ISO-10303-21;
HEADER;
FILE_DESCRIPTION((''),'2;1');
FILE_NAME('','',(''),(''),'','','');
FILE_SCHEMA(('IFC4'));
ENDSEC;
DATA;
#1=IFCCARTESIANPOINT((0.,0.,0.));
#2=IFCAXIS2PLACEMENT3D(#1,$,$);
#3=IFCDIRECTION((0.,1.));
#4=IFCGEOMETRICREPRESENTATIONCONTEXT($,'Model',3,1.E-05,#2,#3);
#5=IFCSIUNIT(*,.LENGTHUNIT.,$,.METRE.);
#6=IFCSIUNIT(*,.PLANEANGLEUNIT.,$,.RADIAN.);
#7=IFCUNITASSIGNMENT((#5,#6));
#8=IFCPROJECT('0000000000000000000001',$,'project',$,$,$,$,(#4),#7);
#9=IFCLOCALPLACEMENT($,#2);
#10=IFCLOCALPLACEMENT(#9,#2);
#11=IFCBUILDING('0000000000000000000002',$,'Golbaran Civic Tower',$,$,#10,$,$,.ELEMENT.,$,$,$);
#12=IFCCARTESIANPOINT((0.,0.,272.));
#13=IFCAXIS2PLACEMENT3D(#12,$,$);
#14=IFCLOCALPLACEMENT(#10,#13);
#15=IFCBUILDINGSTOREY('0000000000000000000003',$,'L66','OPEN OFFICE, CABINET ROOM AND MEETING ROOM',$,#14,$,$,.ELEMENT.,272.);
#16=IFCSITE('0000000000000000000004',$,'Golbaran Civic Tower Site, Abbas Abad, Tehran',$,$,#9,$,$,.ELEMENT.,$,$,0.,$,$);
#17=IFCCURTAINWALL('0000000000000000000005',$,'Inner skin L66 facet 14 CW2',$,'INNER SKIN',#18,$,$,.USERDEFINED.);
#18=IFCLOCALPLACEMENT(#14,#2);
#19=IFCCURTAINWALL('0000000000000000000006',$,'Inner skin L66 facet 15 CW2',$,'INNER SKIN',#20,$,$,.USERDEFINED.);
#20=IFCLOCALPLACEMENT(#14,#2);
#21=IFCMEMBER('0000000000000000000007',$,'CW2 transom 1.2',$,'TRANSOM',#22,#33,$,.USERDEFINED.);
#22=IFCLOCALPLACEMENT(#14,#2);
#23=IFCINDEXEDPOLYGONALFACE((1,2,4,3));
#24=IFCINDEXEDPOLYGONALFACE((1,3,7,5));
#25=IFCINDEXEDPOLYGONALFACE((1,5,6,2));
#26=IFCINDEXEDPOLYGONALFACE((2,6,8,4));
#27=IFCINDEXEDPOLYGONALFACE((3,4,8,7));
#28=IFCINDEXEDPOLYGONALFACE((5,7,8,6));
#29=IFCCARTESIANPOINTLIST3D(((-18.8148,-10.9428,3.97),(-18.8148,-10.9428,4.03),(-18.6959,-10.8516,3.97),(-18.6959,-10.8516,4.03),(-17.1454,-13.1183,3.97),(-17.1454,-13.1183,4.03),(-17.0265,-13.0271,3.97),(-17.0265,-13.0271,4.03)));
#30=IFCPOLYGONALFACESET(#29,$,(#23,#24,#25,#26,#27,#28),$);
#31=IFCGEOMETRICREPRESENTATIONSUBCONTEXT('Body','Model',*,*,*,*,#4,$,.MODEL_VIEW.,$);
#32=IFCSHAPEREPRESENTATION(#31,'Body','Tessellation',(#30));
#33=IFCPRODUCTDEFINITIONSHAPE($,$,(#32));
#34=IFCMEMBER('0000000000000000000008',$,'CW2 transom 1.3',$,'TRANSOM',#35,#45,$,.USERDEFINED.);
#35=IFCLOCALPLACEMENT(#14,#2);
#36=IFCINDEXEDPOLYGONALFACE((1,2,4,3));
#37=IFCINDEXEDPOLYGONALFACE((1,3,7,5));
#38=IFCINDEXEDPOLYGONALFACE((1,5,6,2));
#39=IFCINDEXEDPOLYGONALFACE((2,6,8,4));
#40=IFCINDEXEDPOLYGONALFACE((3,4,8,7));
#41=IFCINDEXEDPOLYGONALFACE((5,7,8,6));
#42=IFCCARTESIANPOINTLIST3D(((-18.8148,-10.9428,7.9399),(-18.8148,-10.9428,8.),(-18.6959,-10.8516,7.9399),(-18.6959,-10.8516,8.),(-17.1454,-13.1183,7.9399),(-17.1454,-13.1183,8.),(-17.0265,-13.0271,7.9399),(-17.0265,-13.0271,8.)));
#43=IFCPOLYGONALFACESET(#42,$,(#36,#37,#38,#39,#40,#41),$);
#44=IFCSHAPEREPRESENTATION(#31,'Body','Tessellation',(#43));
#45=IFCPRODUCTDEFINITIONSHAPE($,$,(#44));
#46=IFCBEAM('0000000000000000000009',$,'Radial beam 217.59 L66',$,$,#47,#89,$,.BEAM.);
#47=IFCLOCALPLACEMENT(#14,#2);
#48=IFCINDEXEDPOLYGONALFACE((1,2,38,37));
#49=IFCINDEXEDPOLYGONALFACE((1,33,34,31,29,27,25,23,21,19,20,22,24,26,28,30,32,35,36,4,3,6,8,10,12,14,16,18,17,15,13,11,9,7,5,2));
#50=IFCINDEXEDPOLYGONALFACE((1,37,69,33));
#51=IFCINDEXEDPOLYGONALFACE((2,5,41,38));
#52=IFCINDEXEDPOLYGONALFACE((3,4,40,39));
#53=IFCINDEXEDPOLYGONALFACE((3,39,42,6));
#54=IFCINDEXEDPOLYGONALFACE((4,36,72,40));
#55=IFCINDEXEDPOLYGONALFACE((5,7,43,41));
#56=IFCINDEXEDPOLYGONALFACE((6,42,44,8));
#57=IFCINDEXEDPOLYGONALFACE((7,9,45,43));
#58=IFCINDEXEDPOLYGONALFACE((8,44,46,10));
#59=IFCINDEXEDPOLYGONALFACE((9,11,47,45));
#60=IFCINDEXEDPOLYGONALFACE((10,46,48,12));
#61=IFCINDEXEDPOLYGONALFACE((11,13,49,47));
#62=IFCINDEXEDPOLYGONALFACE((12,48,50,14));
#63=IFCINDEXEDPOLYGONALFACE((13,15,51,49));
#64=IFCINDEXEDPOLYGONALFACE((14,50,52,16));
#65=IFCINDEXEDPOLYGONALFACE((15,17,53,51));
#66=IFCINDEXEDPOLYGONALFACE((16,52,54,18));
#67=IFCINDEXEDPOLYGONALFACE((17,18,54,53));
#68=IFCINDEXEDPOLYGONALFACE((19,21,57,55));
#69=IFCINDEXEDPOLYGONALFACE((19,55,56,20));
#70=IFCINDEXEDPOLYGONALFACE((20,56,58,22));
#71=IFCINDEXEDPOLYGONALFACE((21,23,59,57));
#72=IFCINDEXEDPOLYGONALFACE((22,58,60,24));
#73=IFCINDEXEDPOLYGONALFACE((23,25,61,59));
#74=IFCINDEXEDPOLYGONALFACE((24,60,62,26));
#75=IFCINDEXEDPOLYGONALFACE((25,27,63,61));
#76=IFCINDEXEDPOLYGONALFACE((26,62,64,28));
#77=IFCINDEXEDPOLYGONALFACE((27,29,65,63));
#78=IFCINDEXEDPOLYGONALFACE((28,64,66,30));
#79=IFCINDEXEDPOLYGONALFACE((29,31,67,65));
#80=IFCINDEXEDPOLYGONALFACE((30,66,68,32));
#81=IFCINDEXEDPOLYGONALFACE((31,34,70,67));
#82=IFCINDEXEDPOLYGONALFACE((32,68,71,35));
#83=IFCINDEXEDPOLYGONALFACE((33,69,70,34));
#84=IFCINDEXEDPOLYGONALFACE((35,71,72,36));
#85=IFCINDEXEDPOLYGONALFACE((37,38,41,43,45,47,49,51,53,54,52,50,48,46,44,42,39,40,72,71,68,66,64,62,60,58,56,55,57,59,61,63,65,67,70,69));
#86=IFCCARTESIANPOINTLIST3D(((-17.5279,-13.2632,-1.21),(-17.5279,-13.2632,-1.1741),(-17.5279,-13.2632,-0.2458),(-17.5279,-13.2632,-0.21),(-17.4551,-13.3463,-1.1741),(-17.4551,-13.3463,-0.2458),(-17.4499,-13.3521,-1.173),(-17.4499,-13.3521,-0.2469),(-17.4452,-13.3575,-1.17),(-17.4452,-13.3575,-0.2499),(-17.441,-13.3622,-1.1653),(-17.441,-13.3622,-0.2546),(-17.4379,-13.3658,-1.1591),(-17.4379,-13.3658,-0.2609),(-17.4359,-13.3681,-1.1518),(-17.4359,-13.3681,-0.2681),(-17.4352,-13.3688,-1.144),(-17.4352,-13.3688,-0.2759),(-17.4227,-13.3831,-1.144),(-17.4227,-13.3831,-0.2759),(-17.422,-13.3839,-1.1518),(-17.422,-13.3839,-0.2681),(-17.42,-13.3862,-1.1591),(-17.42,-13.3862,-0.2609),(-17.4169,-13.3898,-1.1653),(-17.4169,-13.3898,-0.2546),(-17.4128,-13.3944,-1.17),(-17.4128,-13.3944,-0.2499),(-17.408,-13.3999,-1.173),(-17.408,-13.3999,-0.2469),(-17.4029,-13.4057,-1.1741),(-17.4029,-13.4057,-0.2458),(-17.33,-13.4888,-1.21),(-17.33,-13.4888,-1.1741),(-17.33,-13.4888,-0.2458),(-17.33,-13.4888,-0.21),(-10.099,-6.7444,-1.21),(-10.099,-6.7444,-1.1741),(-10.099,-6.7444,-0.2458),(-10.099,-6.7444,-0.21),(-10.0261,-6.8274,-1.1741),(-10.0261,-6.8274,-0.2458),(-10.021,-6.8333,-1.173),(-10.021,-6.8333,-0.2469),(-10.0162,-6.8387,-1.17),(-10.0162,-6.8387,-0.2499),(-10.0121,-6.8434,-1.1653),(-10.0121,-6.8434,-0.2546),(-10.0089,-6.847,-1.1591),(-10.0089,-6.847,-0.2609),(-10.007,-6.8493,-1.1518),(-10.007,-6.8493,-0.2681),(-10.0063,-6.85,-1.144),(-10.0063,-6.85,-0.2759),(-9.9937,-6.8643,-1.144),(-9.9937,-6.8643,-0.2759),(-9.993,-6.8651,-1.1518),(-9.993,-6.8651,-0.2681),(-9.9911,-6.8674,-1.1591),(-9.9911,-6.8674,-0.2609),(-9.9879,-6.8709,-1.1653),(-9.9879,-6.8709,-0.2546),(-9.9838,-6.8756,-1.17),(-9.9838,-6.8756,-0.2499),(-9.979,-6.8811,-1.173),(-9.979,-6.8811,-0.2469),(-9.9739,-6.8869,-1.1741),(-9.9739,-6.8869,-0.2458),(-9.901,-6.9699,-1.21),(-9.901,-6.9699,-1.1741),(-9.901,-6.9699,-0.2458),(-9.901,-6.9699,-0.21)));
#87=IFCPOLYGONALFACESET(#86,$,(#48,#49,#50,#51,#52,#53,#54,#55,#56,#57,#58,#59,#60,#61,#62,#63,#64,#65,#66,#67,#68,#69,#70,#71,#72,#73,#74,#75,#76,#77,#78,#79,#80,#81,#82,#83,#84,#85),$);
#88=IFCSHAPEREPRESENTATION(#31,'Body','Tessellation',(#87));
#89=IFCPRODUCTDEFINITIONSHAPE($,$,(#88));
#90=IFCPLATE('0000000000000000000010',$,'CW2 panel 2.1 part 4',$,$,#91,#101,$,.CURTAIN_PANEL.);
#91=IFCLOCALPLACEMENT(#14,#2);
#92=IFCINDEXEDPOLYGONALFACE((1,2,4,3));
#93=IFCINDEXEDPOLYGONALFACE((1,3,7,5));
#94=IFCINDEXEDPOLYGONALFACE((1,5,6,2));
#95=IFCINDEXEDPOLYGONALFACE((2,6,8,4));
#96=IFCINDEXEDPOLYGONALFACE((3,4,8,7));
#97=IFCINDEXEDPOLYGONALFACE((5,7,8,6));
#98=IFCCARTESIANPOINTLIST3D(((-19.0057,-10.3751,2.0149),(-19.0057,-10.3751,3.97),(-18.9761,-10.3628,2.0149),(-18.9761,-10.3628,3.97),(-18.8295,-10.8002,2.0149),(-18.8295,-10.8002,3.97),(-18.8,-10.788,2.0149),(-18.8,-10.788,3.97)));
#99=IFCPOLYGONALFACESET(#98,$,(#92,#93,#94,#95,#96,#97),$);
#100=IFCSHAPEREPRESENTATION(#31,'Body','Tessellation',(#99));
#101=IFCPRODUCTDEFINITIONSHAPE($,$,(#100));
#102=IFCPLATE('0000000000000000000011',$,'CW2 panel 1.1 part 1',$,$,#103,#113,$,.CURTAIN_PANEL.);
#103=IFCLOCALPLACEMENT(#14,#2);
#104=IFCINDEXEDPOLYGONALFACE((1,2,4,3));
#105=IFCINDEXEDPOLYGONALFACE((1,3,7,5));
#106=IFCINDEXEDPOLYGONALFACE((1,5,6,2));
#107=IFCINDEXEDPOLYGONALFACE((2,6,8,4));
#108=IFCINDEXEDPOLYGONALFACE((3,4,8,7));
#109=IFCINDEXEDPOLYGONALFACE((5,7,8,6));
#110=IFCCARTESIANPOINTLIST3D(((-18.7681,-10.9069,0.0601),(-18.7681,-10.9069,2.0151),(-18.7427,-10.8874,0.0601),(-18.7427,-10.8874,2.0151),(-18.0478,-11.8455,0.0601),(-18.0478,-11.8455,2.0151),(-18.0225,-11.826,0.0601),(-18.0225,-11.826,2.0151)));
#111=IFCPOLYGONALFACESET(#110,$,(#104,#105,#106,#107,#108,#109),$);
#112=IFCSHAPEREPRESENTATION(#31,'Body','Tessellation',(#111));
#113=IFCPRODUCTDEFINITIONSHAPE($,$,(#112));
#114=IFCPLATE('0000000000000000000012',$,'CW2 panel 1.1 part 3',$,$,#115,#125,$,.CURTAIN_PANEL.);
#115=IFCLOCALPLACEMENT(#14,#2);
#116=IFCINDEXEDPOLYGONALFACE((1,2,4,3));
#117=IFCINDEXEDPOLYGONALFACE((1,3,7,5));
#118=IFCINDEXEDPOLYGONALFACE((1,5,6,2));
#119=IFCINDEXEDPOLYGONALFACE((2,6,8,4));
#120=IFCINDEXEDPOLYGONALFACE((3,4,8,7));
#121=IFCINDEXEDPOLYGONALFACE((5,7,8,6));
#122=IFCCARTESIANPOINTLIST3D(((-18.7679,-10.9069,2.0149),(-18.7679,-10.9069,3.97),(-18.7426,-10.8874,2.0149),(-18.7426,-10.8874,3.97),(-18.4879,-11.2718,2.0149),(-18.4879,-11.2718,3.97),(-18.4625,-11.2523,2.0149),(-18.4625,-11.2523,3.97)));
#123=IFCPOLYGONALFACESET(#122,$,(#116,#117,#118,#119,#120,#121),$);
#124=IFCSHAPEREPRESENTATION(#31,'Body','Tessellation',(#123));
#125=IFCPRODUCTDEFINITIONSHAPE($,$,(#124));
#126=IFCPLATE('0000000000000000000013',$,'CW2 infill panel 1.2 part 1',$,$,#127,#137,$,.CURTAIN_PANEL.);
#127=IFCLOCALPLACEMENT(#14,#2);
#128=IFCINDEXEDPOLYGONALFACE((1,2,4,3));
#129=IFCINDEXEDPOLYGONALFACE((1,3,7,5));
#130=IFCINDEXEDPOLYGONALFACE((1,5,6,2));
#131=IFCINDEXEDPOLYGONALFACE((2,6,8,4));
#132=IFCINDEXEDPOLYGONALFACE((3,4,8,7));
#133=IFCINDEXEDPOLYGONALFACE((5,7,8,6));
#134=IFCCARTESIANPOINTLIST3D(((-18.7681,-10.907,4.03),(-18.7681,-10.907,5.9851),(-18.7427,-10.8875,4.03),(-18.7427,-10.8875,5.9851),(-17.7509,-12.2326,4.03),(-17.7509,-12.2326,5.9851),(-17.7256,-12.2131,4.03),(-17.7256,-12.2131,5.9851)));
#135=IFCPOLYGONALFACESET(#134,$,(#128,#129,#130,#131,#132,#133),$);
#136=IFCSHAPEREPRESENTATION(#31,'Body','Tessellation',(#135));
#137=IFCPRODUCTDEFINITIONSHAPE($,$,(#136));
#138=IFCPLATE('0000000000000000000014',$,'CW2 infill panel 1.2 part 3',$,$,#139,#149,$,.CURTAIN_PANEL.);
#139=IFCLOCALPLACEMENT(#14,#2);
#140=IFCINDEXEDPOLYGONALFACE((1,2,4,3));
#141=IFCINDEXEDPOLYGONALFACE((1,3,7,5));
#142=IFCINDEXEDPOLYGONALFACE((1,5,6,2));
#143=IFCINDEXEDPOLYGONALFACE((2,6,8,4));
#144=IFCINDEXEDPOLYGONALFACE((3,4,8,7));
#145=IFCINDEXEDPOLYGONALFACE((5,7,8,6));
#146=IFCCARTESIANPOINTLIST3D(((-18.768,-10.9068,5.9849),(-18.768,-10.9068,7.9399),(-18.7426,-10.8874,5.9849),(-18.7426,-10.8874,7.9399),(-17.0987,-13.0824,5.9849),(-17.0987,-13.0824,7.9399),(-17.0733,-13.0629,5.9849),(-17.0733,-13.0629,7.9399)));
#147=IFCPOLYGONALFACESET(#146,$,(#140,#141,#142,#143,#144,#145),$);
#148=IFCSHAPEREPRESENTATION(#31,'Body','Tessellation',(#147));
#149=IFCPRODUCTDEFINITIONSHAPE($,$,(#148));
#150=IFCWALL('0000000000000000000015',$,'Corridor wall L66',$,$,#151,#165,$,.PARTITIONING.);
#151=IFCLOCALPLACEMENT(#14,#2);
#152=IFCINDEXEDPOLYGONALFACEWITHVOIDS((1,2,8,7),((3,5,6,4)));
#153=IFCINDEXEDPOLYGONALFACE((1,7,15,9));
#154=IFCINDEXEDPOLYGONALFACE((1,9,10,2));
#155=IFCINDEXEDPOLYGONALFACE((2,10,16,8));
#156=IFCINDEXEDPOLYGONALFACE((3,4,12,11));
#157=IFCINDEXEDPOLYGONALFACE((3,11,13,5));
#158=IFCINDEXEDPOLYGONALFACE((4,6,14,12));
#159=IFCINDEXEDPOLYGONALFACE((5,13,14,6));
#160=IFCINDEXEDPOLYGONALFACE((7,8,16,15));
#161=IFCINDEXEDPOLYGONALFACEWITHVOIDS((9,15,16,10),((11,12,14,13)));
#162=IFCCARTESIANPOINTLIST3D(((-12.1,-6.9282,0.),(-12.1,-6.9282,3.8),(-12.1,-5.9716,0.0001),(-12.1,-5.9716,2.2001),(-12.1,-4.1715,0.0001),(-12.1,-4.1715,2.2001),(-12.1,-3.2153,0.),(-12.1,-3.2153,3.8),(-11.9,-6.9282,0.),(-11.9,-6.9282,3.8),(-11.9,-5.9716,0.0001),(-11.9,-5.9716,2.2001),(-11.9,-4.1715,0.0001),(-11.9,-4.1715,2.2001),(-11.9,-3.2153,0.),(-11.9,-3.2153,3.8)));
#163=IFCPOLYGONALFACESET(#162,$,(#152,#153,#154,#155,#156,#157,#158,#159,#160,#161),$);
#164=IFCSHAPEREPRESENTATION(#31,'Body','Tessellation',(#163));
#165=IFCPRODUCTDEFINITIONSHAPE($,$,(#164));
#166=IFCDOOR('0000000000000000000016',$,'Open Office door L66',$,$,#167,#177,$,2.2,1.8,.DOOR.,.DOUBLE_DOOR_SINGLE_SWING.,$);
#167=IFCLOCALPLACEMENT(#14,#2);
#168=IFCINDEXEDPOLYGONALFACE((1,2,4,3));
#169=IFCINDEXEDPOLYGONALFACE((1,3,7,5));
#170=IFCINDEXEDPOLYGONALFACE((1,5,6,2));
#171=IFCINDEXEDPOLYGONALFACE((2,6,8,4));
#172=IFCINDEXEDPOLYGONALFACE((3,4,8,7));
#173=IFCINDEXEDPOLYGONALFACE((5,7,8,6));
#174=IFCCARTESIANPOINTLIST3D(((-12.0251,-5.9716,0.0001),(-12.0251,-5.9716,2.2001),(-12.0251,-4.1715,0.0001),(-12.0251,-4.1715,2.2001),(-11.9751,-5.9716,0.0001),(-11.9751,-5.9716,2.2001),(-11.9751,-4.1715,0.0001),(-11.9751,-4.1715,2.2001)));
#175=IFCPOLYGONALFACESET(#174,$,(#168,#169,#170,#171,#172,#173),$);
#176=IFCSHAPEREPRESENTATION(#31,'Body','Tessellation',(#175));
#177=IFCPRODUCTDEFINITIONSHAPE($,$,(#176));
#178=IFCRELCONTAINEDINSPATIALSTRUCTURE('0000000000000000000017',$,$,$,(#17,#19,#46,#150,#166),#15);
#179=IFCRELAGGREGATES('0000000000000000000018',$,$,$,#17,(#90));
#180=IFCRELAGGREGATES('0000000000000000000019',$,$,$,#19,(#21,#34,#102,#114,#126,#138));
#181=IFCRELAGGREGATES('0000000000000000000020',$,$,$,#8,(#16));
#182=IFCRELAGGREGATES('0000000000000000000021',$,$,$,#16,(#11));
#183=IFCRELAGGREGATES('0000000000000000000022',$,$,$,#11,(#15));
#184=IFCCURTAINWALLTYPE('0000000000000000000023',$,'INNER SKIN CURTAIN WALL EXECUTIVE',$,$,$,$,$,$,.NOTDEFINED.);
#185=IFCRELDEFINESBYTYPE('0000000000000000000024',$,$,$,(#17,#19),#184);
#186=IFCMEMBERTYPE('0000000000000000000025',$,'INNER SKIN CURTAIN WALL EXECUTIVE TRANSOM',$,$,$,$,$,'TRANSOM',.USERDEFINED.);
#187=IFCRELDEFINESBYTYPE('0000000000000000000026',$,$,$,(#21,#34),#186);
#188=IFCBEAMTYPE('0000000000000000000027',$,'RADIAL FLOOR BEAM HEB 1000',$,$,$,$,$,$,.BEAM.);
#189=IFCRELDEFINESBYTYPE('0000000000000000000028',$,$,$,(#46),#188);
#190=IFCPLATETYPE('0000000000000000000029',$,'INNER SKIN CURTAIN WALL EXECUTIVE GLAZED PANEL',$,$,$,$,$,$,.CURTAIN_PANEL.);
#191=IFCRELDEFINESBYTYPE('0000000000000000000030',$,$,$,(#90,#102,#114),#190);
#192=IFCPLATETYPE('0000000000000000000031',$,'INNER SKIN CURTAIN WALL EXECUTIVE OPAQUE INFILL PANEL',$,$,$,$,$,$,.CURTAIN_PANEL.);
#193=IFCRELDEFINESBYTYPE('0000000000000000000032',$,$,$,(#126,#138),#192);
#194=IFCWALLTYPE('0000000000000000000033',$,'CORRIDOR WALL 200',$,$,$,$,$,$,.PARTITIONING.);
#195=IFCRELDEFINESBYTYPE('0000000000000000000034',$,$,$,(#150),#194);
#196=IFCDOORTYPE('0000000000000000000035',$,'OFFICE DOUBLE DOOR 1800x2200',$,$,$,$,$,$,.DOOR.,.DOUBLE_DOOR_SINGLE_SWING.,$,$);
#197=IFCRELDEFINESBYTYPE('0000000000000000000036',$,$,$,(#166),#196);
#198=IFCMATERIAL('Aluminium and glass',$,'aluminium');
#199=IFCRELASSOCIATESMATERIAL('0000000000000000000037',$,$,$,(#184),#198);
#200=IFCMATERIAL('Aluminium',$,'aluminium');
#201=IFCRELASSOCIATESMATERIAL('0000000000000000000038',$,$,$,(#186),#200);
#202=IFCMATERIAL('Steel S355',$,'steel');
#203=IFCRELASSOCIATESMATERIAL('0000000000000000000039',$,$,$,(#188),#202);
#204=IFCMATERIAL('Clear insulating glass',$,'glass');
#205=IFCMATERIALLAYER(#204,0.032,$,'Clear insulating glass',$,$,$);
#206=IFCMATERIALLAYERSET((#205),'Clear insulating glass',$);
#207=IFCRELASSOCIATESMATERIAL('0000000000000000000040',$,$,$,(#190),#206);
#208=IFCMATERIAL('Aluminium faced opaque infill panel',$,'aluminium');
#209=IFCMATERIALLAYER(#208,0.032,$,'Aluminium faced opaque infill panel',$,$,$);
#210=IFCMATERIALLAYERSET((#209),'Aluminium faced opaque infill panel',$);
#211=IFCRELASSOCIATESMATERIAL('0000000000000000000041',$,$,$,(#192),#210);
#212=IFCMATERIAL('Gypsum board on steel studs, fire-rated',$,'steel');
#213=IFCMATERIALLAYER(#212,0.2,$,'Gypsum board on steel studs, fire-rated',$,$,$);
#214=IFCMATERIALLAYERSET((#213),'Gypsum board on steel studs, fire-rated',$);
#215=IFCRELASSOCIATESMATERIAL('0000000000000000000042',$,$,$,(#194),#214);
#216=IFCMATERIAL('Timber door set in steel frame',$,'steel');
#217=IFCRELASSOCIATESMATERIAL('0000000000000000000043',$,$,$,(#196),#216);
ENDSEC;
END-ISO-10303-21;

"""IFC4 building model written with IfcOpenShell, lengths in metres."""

from ifc_helpers import new_model, si_unit, direction, frame, frame_2d, origin, origin_2d, place, context, subcontext, project, spatial, rectangle, i_section, extrude, material, layer, layer_set, material_profile, profile_set, type_object, element, fill, aggregate, save


model = new_model("IFC4")

# Units and contexts
model_context = context("Model", 3, precision=1e-05, world=origin(), true_north=direction((0.0, 1.0)))
body_context = subcontext(model_context, "Body", "Model", "MODEL_VIEW")
ifc_project = project(units=[si_unit("LENGTHUNIT", "METRE"), si_unit("PLANEANGLEUNIT", "RADIAN")], contexts=[model_context])

# Site, building, storey
site_placement = place(None, origin())
site = spatial("IfcSite", under=ifc_project, at=site_placement, Name="Golbaran Civic Tower Site, Abbas Abad, Tehran", CompositionType="ELEMENT", RefElevation=0.0)
building_placement = place(site_placement, origin())
building = spatial("IfcBuilding", under=site, at=building_placement, Name="Golbaran Civic Tower", CompositionType="ELEMENT")
storey_placement = place(building_placement, frame((0.0, 0.0, 272.0)))
storey = spatial("IfcBuildingStorey", under=building, at=storey_placement, Name="L66", Description="OPEN OFFICE, CABINET ROOM AND MEETING ROOM", CompositionType="ELEMENT", Elevation=272.0)

# Shared definitions
ifc_material_1 = material(Name="Steel S355", Category="steel")

# Curtain wall
ifc_material_2 = material(Name="Aluminium and glass", Category="aluminium")
curtain_wall_type = type_object("IfcCurtainWallType", Name="INNER SKIN CURTAIN WALL EXECUTIVE", PredefinedType="NOTDEFINED", material=ifc_material_2)
curtain_wall_1_placement = place(storey_placement, origin())
curtain_wall_1 = element("IfcCurtainWall", 1, at=curtain_wall_1_placement, inside=storey, type_object=curtain_wall_type, Name="Inner skin L66 facet 14 CW2", ObjectType="INNER SKIN", PredefinedType="USERDEFINED")
ifc_material_3 = material(Name="Aluminium", Category="aluminium")

# Curtain wall, members
curtain_wall_2_placement = place(storey_placement, origin())
curtain_wall_2 = element("IfcCurtainWall", 2, at=curtain_wall_2_placement, inside=storey, type_object=curtain_wall_type, Name="Inner skin L66 facet 15 CW2", ObjectType="INNER SKIN", PredefinedType="USERDEFINED")
ifc_material_profile_1 = material_profile(ifc_material_3, rectangle(XDim=0.1499, YDim=0.0601, at=origin_2d()), Name="INNER SKIN CURTAIN WALL EXECUTIVE TRANSOM")
ifc_profile_set_1 = profile_set([ifc_material_profile_1], Name="Aluminium")
member_type_1 = type_object("IfcMemberType", Name="INNER SKIN CURTAIN WALL EXECUTIVE TRANSOM", ElementType="TRANSOM", PredefinedType="USERDEFINED", material=ifc_profile_set_1)
member_1_placement = place(storey_placement, frame((-18.7554, -10.8972, 4.0), z_axis=(0.608781, -0.793338, 0.0), x_axis=(0.793338, 0.608781, 0.0)))
member_1 = element("IfcMember", 3, at=member_1_placement, type_object=member_type_1, Name="CW2 transom 1.2", ObjectType="TRANSOM", PredefinedType="USERDEFINED", context=body_context, shape_type="SweptSolid", body=[
    extrude(rectangle(XDim=0.1499, YDim=0.0601, at=origin_2d()), origin(), (0.0, 0.0, 1.0), 2.7422),
])
member_2_placement = place(storey_placement, frame((-18.7554, -10.8972, 7.97), z_axis=(0.608781, -0.793338, 0.0), x_axis=(0.793338, 0.608781, 0.0)))
member_2 = element("IfcMember", 4, at=member_2_placement, type_object=member_type_1, Name="CW2 transom 1.3", ObjectType="TRANSOM", PredefinedType="USERDEFINED", context=body_context, shape_type="SweptSolid", body=[
    extrude(rectangle(XDim=0.1499, YDim=0.0601, at=origin_2d()), origin(), (0.0, 0.0, 1.0), 2.7422),
])

# Beam
ifc_material_profile_2 = material_profile(ifc_material_1, i_section(OverallWidth=0.3, OverallDepth=1.0, WebThickness=0.019, FlangeThickness=0.0359, FilletRadius=0.03, at=origin_2d()), Name="HEB 1000")
ifc_profile_set_2 = profile_set([ifc_material_profile_2], Name="Steel S355")
beam_type_1 = type_object("IfcBeamType", Name="RADIAL FLOOR BEAM HEB 1000", PredefinedType="BEAM", material=ifc_profile_set_2)
beam_1_placement = place(storey_placement, frame((-10.0, -6.8572, -0.71), z_axis=(-0.75165, -0.659562, 0.0), x_axis=(0.659562, -0.75165, 0.0)))
element("IfcBeam", 5, at=beam_1_placement, inside=storey, type_object=beam_type_1, Name="Radial beam 217.59 L66", PredefinedType="BEAM", context=body_context, shape_type="SweptSolid", body=[
    extrude(i_section(OverallWidth=0.3, OverallDepth=1.0, WebThickness=0.019, FlangeThickness=0.0359, FilletRadius=0.03, at=origin_2d()), origin(), (0.0, 0.0, 1.0), 9.8835),
])

# Plates
ifc_material_4 = material(Name="Clear insulating glass", Category="glass")
ifc_layer_1 = layer(ifc_material_4, 0.032, Name="Clear insulating glass")
ifc_layer_set_1 = layer_set([ifc_layer_1], Name="Clear insulating glass")
plate_type_1 = type_object("IfcPlateType", Name="INNER SKIN CURTAIN WALL EXECUTIVE GLAZED PANEL", PredefinedType="CURTAIN_PANEL", material=ifc_layer_set_1)
plate_1_placement = place(storey_placement, frame((-18.9028, -10.5815, 2.0149), z_axis=(0.0, 0.0, 1.0), x_axis=(0.382683, -0.92388, 0.0)))
plate_1 = element("IfcPlate", 6, at=plate_1_placement, type_object=plate_type_1, Name="CW2 panel 2.1 part 4", PredefinedType="CURTAIN_PANEL", context=body_context, shape_type="SweptSolid", body=[
    extrude(rectangle(XDim=0.4602, YDim=0.032, at=origin_2d()), origin(), (0.0, 0.0, 1.0), 1.9551),
])
aggregate(curtain_wall_1, [plate_1])
plate_2_placement = place(storey_placement, frame((-18.3953, -11.3665, 0.0601), z_axis=(0.0, 0.0, 1.0), x_axis=(0.608761, -0.793353, 0.0)))
plate_2 = element("IfcPlate", 7, at=plate_2_placement, type_object=plate_type_1, Name="CW2 panel 1.1 part 1", PredefinedType="CURTAIN_PANEL", context=body_context, shape_type="SweptSolid", body=[
    extrude(rectangle(XDim=1.1831, YDim=0.032, at=origin_2d()), origin(), (0.0, 0.0, 1.0), 1.9551),
])
plate_3_placement = place(storey_placement, frame((-18.6152, -11.0796, 2.0149), z_axis=(0.0, 0.0, 1.0), x_axis=(0.608761, -0.793353, 0.0)))
plate_3 = element("IfcPlate", 8, at=plate_3_placement, type_object=plate_type_1, Name="CW2 panel 1.1 part 3", PredefinedType="CURTAIN_PANEL", context=body_context, shape_type="SweptSolid", body=[
    extrude(rectangle(XDim=0.46, YDim=0.032, at=origin_2d()), origin(), (0.0, 0.0, 1.0), 1.9551),
])
ifc_material_5 = material(Name="Aluminium faced opaque infill panel", Category="aluminium")
ifc_layer_2 = layer(ifc_material_5, 0.032, Name="Aluminium faced opaque infill panel")
ifc_layer_set_2 = layer_set([ifc_layer_2], Name="Aluminium faced opaque infill panel")
plate_type_2 = type_object("IfcPlateType", Name="INNER SKIN CURTAIN WALL EXECUTIVE OPAQUE INFILL PANEL", PredefinedType="CURTAIN_PANEL", material=ifc_layer_set_2)
plate_4_placement = place(storey_placement, frame((-18.2468, -11.5601, 4.03), z_axis=(0.0, 0.0, 1.0), x_axis=(0.608761, -0.793353, 0.0)))
plate_4 = element("IfcPlate", 9, at=plate_4_placement, type_object=plate_type_2, Name="CW2 infill panel 1.2 part 1", PredefinedType="CURTAIN_PANEL", context=body_context, shape_type="SweptSolid", body=[
    extrude(rectangle(XDim=1.6709, YDim=0.032, at=origin_2d()), origin(), (0.0, 0.0, 1.0), 1.9551),
])
plate_5_placement = place(storey_placement, frame((-17.9207, -11.9849, 5.9849), z_axis=(0.0, 0.0, 1.0), x_axis=(0.608761, -0.793353, 0.0)))
plate_5 = element("IfcPlate", 10, at=plate_5_placement, type_object=plate_type_2, Name="CW2 infill panel 1.2 part 3", PredefinedType="CURTAIN_PANEL", context=body_context, shape_type="SweptSolid", body=[
    extrude(rectangle(XDim=2.7422, YDim=0.032, at=origin_2d()), origin(), (0.0, 0.0, 1.0), 1.9551),
])
aggregate(curtain_wall_2, [member_1, member_2, plate_2, plate_3, plate_4, plate_5])

# Wall, opening, door
ifc_material_6 = material(Name="Gypsum board on steel studs, fire-rated", Category="steel")
ifc_layer_3 = layer(ifc_material_6, 0.2, Name="Gypsum board on steel studs, fire-rated")
ifc_layer_set_3 = layer_set([ifc_layer_3], Name="Gypsum board on steel studs, fire-rated")
wall_type_1 = type_object("IfcWallType", Name="CORRIDOR WALL 200", PredefinedType="PARTITIONING", material=ifc_layer_set_3)
wall_1_placement = place(storey_placement, frame((-12.0, -3.2153, 0.0), z_axis=(0.0, 0.0, 1.0), x_axis=(0.0, -1.0, 0.0)))
wall_1 = element("IfcWall", 11, at=wall_1_placement, inside=storey, type_object=wall_type_1, Name="Corridor wall L66", PredefinedType="PARTITIONING", context=body_context, shape_type="SweptSolid", body=[
    extrude(rectangle(XDim=3.7129, YDim=0.2, at=frame_2d((1.8564, 0.0))), origin(), (0.0, 0.0, 1.0), 3.8),
])
opening_1_placement = place(wall_1_placement, frame((0.9563, 0.0, 0.0)))
opening_1 = element("IfcOpeningElement", 12, at=opening_1_placement, cuts=wall_1, PredefinedType="OPENING", context=body_context, shape_type="SweptSolid", body=[
    extrude(rectangle(XDim=1.8, YDim=2.2, at=frame_2d((0.8999, 1.1001))), frame((0.0, 0.1099, 0.0), z_axis=(0.0, -1.0, 0.0), x_axis=(1.0, 0.0, 0.0)), (0.0, 0.0, 1.0), 0.22),
])
ifc_material_7 = material(Name="Timber door set in steel frame", Category="steel")
door_type_1 = type_object("IfcDoorType", Name="OFFICE DOUBLE DOOR 1800x2200", OperationType="DOUBLE_DOOR_SINGLE_SWING", PredefinedType="DOOR", material=ifc_material_7)
door_1_placement = place(opening_1_placement, origin())
door_1 = element("IfcDoor", 13, at=door_1_placement, inside=storey, type_object=door_type_1, Name="Open Office door L66", OperationType="DOUBLE_DOOR_SINGLE_SWING", OverallHeight=2.2, OverallWidth=1.8, PredefinedType="DOOR", context=body_context, shape_type="SweptSolid", body=[
    extrude(rectangle(XDim=1.8, YDim=2.2, at=frame_2d((0.8999, 1.1001))), frame((0.0, 0.0249, 0.0), z_axis=(0.0, -1.0, 0.0), x_axis=(1.0, 0.0, 0.0)), (0.0, 0.0, 1.0), 0.05),
])
fill(opening_1, door_1)

save(model, "model.ifc")
